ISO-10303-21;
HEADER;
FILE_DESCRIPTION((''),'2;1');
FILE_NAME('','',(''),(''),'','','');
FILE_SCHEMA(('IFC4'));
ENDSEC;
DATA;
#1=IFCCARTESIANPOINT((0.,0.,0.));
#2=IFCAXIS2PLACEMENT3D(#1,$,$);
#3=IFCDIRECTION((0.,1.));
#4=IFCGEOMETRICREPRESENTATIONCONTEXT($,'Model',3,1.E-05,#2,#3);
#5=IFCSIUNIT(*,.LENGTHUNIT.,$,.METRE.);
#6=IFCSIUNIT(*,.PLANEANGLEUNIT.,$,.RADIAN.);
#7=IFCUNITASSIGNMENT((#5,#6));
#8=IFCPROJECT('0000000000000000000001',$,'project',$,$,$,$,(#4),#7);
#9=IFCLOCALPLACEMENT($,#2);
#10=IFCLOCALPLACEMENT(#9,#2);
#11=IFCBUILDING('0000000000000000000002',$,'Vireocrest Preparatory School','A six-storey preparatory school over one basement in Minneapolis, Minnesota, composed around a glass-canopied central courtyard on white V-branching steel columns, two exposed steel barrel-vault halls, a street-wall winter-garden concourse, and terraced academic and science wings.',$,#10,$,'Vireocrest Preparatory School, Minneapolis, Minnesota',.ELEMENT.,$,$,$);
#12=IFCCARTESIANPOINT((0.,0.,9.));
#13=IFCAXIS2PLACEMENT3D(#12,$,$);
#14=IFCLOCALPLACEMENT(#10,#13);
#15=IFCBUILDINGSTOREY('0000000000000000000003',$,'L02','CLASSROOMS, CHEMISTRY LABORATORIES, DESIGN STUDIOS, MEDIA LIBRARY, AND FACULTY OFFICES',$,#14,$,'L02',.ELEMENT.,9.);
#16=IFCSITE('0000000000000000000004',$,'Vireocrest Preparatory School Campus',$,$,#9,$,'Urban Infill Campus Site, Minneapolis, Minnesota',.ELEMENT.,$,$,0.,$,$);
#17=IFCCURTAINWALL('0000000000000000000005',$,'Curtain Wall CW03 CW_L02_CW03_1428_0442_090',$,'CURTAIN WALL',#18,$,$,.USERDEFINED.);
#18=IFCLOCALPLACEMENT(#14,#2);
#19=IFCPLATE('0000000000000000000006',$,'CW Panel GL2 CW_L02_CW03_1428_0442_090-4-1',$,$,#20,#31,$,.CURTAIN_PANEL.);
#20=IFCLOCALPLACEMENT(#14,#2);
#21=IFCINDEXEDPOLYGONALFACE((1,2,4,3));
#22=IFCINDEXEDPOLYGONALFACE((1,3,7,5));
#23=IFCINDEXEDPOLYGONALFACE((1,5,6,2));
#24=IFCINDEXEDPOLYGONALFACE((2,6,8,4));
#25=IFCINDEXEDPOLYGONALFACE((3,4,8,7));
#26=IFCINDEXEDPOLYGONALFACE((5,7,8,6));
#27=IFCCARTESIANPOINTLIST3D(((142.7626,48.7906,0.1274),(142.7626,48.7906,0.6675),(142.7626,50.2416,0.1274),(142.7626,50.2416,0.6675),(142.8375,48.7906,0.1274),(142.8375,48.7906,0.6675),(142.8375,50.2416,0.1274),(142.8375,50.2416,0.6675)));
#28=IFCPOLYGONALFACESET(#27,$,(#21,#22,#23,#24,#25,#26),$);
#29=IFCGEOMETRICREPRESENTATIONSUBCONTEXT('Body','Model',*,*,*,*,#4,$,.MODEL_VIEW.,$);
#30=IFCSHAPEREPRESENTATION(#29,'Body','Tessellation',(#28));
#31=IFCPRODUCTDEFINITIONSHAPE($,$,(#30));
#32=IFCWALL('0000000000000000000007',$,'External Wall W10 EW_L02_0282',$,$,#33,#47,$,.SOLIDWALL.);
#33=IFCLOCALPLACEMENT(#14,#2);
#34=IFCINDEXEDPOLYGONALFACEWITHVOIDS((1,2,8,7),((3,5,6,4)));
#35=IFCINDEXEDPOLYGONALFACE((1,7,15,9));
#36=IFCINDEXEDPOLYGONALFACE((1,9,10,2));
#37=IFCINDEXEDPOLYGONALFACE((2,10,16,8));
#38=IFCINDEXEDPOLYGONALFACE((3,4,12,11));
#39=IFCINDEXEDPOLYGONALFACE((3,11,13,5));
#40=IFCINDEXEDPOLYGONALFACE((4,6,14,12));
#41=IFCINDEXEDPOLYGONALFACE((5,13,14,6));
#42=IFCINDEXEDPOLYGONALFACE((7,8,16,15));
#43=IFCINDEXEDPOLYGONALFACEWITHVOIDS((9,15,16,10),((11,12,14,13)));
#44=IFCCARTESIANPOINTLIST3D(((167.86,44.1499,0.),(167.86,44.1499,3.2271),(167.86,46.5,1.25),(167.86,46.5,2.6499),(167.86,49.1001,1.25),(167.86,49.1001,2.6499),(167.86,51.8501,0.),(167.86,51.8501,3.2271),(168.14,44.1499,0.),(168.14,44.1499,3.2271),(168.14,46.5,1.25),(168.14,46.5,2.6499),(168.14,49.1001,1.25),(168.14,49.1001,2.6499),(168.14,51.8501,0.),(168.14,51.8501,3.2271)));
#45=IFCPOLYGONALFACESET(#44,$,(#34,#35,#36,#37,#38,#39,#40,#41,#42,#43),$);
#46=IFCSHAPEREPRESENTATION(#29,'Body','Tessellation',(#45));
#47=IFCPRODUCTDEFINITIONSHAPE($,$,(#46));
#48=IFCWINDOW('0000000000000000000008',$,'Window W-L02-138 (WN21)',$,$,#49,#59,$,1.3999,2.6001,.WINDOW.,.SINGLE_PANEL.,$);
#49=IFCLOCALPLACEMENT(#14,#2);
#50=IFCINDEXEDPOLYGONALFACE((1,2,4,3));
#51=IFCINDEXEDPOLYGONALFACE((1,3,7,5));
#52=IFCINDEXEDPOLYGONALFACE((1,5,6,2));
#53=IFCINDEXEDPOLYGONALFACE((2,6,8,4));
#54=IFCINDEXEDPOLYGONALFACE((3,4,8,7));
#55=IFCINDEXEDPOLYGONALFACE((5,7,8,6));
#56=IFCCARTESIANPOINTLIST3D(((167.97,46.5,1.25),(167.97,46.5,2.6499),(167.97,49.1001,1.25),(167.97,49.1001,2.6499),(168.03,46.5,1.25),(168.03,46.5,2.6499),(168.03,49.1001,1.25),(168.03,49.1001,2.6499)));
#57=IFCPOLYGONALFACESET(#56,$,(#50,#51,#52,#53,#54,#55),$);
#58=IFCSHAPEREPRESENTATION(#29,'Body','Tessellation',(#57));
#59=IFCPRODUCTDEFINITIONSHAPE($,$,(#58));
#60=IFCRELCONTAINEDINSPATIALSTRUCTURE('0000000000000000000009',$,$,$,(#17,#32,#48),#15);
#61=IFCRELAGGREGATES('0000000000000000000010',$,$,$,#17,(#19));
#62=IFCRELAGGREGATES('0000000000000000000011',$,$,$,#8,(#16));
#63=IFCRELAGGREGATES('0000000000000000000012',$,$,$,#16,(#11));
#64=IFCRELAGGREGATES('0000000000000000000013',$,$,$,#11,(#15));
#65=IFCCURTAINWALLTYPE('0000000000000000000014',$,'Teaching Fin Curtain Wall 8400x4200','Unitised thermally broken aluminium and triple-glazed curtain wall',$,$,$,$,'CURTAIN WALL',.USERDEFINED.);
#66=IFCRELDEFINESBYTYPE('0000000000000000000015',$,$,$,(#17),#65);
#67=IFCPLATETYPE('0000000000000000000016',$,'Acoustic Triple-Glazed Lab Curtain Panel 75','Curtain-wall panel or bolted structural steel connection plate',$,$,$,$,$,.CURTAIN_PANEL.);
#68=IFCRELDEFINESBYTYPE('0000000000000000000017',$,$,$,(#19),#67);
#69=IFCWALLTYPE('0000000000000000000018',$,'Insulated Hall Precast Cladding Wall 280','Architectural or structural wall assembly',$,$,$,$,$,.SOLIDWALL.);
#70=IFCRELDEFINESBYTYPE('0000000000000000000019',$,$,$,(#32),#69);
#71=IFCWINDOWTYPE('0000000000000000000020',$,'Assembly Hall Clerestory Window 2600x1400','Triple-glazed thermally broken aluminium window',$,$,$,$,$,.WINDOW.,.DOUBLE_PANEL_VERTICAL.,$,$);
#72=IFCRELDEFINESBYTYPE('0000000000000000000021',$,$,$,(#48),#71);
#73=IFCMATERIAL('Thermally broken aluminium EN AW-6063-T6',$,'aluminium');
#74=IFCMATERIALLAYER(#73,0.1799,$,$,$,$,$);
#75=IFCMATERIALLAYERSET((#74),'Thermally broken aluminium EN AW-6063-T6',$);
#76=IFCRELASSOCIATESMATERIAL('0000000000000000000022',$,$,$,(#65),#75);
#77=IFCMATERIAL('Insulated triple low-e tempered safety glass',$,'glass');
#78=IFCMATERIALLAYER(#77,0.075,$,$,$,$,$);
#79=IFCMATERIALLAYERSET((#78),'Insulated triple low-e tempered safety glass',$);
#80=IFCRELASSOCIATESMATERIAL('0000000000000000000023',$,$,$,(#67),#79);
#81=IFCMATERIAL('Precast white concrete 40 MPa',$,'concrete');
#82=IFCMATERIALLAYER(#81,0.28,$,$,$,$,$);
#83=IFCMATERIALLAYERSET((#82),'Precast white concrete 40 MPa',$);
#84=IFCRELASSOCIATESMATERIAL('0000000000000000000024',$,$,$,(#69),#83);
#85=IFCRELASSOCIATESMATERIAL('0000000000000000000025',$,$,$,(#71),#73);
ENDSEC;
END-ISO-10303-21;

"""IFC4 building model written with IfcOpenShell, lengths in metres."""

from ifc_helpers import new_model, si_unit, direction, frame, frame_2d, origin, origin_2d, place, context, subcontext, project, spatial, rectangle, extrude, material, layer, layer_set, type_object, element, fill, aggregate, save


model = new_model("IFC4")

# Units and contexts
model_context = context("Model", 3, precision=1e-05, world=origin(), true_north=direction((0.0, 1.0)))
body_context = subcontext(model_context, "Body", "Model", "MODEL_VIEW")
ifc_project = project(units=[si_unit("LENGTHUNIT", "METRE"), si_unit("PLANEANGLEUNIT", "RADIAN")], contexts=[model_context])

# Site, building, storey
site_placement = place(None, origin())
site = spatial("IfcSite", under=ifc_project, at=site_placement, Name="Vireocrest Preparatory School Campus", LongName="Urban Infill Campus Site, Minneapolis, Minnesota", CompositionType="ELEMENT", RefElevation=0.0)
building_placement = place(site_placement, origin())
building = spatial("IfcBuilding", under=site, at=building_placement, Name="Vireocrest Preparatory School", Description="A six-storey preparatory school over one basement in Minneapolis, Minnesota, composed around a glass-canopied central courtyard on white V-branching steel columns, two exposed steel barrel-vault halls, a street-wall winter-garden concourse, and terraced academic and science wings.", LongName="Vireocrest Preparatory School, Minneapolis, Minnesota", CompositionType="ELEMENT")
storey_placement = place(building_placement, frame((0.0, 0.0, 9.0)))
storey = spatial("IfcBuildingStorey", under=building, at=storey_placement, Name="L02", Description="CLASSROOMS, CHEMISTRY LABORATORIES, DESIGN STUDIOS, MEDIA LIBRARY, AND FACULTY OFFICES", LongName="L02", CompositionType="ELEMENT", Elevation=9.0)

# Curtain wall
ifc_material_1 = material(Name="Thermally broken aluminium EN AW-6063-T6", Category="aluminium")
ifc_layer_1 = layer(ifc_material_1, 0.1799)
ifc_layer_set_1 = layer_set([ifc_layer_1], Name="Thermally broken aluminium EN AW-6063-T6")
curtain_wall_type = type_object("IfcCurtainWallType", Name="Teaching Fin Curtain Wall 8400x4200", Description="Unitised thermally broken aluminium and triple-glazed curtain wall", ElementType="CURTAIN WALL", PredefinedType="USERDEFINED", material=ifc_layer_set_1)
curtain_wall_1_placement = place(storey_placement, origin())
curtain_wall_1 = element("IfcCurtainWall", 1, at=curtain_wall_1_placement, inside=storey, type_object=curtain_wall_type, Name="Curtain Wall CW03 CW_L02_CW03_1428_0442_090", ObjectType="CURTAIN WALL", PredefinedType="USERDEFINED")

# Plate
ifc_material_2 = material(Name="Insulated triple low-e tempered safety glass", Category="glass")
ifc_layer_2 = layer(ifc_material_2, 0.075)
ifc_layer_set_2 = layer_set([ifc_layer_2], Name="Insulated triple low-e tempered safety glass")
plate_type = type_object("IfcPlateType", Name="Acoustic Triple-Glazed Lab Curtain Panel 75", Description="Curtain-wall panel or bolted structural steel connection plate", PredefinedType="CURTAIN_PANEL", material=ifc_layer_set_2)
plate_1_placement = place(storey_placement, frame((142.8, 49.5161, 0.1274), z_axis=(0.0, 0.0, 1.0), x_axis=(0.0, 1.0, 0.0)))
plate_1 = element("IfcPlate", 2, at=plate_1_placement, type_object=plate_type, Name="CW Panel GL2 CW_L02_CW03_1428_0442_090-4-1", PredefinedType="CURTAIN_PANEL", context=body_context, shape_type="SweptSolid", body=[
    extrude(rectangle(XDim=1.4509, YDim=0.075, at=origin_2d()), origin(), (0.0, 0.0, 1.0), 0.54),
])
aggregate(curtain_wall_1, [plate_1])

# Wall, opening, window
ifc_material_3 = material(Name="Precast white concrete 40 MPa", Category="concrete")
ifc_layer_3 = layer(ifc_material_3, 0.28)
ifc_layer_set_3 = layer_set([ifc_layer_3], Name="Precast white concrete 40 MPa")
wall_type = type_object("IfcWallType", Name="Insulated Hall Precast Cladding Wall 280", Description="Architectural or structural wall assembly", PredefinedType="SOLIDWALL", material=ifc_layer_set_3)
wall_placement = place(storey_placement, frame((168.0, 44.1499, 0.0), z_axis=(0.0, 0.0, 1.0), x_axis=(0.0, 1.0, 0.0)))
wall = element("IfcWall", 3, at=wall_placement, inside=storey, type_object=wall_type, Name="External Wall W10 EW_L02_0282", PredefinedType="SOLIDWALL", context=body_context, shape_type="SweptSolid", body=[
    extrude(rectangle(XDim=7.7002, YDim=0.28, at=frame_2d((3.8501, 0.0))), origin(), (0.0, 0.0, 1.0), 3.2271),
])
opening_placement = place(wall_placement, frame((2.3501, 0.0, 1.25)))
opening = element("IfcOpeningElement", 4, at=opening_placement, cuts=wall, PredefinedType="OPENING", context=body_context, shape_type="SweptSolid", body=[
    extrude(rectangle(XDim=2.6001, YDim=1.3999, at=frame_2d((1.3, 0.7))), frame((0.0, 0.1499, 0.0), z_axis=(0.0, -1.0, 0.0), x_axis=(1.0, 0.0, 0.0)), (0.0, 0.0, 1.0), 0.3),
])
window_type = type_object("IfcWindowType", Name="Assembly Hall Clerestory Window 2600x1400", Description="Triple-glazed thermally broken aluminium window", PartitioningType="DOUBLE_PANEL_VERTICAL", PredefinedType="WINDOW", material=ifc_material_1)
window_placement = place(opening_placement, origin())
window = element("IfcWindow", 5, at=window_placement, inside=storey, type_object=window_type, Name="Window W-L02-138 (WN21)", OverallHeight=1.3999, OverallWidth=2.6001, PartitioningType="SINGLE_PANEL", PredefinedType="WINDOW", context=body_context, shape_type="SweptSolid", body=[
    extrude(rectangle(XDim=2.6001, YDim=1.3999, at=frame_2d((1.3, 0.7))), frame((0.0, 0.03, 0.0), z_axis=(0.0, -1.0, 0.0), x_axis=(1.0, 0.0, 0.0)), (0.0, 0.0, 1.0), 0.0601),
])
fill(opening, window)

save(model, "model.ifc")
